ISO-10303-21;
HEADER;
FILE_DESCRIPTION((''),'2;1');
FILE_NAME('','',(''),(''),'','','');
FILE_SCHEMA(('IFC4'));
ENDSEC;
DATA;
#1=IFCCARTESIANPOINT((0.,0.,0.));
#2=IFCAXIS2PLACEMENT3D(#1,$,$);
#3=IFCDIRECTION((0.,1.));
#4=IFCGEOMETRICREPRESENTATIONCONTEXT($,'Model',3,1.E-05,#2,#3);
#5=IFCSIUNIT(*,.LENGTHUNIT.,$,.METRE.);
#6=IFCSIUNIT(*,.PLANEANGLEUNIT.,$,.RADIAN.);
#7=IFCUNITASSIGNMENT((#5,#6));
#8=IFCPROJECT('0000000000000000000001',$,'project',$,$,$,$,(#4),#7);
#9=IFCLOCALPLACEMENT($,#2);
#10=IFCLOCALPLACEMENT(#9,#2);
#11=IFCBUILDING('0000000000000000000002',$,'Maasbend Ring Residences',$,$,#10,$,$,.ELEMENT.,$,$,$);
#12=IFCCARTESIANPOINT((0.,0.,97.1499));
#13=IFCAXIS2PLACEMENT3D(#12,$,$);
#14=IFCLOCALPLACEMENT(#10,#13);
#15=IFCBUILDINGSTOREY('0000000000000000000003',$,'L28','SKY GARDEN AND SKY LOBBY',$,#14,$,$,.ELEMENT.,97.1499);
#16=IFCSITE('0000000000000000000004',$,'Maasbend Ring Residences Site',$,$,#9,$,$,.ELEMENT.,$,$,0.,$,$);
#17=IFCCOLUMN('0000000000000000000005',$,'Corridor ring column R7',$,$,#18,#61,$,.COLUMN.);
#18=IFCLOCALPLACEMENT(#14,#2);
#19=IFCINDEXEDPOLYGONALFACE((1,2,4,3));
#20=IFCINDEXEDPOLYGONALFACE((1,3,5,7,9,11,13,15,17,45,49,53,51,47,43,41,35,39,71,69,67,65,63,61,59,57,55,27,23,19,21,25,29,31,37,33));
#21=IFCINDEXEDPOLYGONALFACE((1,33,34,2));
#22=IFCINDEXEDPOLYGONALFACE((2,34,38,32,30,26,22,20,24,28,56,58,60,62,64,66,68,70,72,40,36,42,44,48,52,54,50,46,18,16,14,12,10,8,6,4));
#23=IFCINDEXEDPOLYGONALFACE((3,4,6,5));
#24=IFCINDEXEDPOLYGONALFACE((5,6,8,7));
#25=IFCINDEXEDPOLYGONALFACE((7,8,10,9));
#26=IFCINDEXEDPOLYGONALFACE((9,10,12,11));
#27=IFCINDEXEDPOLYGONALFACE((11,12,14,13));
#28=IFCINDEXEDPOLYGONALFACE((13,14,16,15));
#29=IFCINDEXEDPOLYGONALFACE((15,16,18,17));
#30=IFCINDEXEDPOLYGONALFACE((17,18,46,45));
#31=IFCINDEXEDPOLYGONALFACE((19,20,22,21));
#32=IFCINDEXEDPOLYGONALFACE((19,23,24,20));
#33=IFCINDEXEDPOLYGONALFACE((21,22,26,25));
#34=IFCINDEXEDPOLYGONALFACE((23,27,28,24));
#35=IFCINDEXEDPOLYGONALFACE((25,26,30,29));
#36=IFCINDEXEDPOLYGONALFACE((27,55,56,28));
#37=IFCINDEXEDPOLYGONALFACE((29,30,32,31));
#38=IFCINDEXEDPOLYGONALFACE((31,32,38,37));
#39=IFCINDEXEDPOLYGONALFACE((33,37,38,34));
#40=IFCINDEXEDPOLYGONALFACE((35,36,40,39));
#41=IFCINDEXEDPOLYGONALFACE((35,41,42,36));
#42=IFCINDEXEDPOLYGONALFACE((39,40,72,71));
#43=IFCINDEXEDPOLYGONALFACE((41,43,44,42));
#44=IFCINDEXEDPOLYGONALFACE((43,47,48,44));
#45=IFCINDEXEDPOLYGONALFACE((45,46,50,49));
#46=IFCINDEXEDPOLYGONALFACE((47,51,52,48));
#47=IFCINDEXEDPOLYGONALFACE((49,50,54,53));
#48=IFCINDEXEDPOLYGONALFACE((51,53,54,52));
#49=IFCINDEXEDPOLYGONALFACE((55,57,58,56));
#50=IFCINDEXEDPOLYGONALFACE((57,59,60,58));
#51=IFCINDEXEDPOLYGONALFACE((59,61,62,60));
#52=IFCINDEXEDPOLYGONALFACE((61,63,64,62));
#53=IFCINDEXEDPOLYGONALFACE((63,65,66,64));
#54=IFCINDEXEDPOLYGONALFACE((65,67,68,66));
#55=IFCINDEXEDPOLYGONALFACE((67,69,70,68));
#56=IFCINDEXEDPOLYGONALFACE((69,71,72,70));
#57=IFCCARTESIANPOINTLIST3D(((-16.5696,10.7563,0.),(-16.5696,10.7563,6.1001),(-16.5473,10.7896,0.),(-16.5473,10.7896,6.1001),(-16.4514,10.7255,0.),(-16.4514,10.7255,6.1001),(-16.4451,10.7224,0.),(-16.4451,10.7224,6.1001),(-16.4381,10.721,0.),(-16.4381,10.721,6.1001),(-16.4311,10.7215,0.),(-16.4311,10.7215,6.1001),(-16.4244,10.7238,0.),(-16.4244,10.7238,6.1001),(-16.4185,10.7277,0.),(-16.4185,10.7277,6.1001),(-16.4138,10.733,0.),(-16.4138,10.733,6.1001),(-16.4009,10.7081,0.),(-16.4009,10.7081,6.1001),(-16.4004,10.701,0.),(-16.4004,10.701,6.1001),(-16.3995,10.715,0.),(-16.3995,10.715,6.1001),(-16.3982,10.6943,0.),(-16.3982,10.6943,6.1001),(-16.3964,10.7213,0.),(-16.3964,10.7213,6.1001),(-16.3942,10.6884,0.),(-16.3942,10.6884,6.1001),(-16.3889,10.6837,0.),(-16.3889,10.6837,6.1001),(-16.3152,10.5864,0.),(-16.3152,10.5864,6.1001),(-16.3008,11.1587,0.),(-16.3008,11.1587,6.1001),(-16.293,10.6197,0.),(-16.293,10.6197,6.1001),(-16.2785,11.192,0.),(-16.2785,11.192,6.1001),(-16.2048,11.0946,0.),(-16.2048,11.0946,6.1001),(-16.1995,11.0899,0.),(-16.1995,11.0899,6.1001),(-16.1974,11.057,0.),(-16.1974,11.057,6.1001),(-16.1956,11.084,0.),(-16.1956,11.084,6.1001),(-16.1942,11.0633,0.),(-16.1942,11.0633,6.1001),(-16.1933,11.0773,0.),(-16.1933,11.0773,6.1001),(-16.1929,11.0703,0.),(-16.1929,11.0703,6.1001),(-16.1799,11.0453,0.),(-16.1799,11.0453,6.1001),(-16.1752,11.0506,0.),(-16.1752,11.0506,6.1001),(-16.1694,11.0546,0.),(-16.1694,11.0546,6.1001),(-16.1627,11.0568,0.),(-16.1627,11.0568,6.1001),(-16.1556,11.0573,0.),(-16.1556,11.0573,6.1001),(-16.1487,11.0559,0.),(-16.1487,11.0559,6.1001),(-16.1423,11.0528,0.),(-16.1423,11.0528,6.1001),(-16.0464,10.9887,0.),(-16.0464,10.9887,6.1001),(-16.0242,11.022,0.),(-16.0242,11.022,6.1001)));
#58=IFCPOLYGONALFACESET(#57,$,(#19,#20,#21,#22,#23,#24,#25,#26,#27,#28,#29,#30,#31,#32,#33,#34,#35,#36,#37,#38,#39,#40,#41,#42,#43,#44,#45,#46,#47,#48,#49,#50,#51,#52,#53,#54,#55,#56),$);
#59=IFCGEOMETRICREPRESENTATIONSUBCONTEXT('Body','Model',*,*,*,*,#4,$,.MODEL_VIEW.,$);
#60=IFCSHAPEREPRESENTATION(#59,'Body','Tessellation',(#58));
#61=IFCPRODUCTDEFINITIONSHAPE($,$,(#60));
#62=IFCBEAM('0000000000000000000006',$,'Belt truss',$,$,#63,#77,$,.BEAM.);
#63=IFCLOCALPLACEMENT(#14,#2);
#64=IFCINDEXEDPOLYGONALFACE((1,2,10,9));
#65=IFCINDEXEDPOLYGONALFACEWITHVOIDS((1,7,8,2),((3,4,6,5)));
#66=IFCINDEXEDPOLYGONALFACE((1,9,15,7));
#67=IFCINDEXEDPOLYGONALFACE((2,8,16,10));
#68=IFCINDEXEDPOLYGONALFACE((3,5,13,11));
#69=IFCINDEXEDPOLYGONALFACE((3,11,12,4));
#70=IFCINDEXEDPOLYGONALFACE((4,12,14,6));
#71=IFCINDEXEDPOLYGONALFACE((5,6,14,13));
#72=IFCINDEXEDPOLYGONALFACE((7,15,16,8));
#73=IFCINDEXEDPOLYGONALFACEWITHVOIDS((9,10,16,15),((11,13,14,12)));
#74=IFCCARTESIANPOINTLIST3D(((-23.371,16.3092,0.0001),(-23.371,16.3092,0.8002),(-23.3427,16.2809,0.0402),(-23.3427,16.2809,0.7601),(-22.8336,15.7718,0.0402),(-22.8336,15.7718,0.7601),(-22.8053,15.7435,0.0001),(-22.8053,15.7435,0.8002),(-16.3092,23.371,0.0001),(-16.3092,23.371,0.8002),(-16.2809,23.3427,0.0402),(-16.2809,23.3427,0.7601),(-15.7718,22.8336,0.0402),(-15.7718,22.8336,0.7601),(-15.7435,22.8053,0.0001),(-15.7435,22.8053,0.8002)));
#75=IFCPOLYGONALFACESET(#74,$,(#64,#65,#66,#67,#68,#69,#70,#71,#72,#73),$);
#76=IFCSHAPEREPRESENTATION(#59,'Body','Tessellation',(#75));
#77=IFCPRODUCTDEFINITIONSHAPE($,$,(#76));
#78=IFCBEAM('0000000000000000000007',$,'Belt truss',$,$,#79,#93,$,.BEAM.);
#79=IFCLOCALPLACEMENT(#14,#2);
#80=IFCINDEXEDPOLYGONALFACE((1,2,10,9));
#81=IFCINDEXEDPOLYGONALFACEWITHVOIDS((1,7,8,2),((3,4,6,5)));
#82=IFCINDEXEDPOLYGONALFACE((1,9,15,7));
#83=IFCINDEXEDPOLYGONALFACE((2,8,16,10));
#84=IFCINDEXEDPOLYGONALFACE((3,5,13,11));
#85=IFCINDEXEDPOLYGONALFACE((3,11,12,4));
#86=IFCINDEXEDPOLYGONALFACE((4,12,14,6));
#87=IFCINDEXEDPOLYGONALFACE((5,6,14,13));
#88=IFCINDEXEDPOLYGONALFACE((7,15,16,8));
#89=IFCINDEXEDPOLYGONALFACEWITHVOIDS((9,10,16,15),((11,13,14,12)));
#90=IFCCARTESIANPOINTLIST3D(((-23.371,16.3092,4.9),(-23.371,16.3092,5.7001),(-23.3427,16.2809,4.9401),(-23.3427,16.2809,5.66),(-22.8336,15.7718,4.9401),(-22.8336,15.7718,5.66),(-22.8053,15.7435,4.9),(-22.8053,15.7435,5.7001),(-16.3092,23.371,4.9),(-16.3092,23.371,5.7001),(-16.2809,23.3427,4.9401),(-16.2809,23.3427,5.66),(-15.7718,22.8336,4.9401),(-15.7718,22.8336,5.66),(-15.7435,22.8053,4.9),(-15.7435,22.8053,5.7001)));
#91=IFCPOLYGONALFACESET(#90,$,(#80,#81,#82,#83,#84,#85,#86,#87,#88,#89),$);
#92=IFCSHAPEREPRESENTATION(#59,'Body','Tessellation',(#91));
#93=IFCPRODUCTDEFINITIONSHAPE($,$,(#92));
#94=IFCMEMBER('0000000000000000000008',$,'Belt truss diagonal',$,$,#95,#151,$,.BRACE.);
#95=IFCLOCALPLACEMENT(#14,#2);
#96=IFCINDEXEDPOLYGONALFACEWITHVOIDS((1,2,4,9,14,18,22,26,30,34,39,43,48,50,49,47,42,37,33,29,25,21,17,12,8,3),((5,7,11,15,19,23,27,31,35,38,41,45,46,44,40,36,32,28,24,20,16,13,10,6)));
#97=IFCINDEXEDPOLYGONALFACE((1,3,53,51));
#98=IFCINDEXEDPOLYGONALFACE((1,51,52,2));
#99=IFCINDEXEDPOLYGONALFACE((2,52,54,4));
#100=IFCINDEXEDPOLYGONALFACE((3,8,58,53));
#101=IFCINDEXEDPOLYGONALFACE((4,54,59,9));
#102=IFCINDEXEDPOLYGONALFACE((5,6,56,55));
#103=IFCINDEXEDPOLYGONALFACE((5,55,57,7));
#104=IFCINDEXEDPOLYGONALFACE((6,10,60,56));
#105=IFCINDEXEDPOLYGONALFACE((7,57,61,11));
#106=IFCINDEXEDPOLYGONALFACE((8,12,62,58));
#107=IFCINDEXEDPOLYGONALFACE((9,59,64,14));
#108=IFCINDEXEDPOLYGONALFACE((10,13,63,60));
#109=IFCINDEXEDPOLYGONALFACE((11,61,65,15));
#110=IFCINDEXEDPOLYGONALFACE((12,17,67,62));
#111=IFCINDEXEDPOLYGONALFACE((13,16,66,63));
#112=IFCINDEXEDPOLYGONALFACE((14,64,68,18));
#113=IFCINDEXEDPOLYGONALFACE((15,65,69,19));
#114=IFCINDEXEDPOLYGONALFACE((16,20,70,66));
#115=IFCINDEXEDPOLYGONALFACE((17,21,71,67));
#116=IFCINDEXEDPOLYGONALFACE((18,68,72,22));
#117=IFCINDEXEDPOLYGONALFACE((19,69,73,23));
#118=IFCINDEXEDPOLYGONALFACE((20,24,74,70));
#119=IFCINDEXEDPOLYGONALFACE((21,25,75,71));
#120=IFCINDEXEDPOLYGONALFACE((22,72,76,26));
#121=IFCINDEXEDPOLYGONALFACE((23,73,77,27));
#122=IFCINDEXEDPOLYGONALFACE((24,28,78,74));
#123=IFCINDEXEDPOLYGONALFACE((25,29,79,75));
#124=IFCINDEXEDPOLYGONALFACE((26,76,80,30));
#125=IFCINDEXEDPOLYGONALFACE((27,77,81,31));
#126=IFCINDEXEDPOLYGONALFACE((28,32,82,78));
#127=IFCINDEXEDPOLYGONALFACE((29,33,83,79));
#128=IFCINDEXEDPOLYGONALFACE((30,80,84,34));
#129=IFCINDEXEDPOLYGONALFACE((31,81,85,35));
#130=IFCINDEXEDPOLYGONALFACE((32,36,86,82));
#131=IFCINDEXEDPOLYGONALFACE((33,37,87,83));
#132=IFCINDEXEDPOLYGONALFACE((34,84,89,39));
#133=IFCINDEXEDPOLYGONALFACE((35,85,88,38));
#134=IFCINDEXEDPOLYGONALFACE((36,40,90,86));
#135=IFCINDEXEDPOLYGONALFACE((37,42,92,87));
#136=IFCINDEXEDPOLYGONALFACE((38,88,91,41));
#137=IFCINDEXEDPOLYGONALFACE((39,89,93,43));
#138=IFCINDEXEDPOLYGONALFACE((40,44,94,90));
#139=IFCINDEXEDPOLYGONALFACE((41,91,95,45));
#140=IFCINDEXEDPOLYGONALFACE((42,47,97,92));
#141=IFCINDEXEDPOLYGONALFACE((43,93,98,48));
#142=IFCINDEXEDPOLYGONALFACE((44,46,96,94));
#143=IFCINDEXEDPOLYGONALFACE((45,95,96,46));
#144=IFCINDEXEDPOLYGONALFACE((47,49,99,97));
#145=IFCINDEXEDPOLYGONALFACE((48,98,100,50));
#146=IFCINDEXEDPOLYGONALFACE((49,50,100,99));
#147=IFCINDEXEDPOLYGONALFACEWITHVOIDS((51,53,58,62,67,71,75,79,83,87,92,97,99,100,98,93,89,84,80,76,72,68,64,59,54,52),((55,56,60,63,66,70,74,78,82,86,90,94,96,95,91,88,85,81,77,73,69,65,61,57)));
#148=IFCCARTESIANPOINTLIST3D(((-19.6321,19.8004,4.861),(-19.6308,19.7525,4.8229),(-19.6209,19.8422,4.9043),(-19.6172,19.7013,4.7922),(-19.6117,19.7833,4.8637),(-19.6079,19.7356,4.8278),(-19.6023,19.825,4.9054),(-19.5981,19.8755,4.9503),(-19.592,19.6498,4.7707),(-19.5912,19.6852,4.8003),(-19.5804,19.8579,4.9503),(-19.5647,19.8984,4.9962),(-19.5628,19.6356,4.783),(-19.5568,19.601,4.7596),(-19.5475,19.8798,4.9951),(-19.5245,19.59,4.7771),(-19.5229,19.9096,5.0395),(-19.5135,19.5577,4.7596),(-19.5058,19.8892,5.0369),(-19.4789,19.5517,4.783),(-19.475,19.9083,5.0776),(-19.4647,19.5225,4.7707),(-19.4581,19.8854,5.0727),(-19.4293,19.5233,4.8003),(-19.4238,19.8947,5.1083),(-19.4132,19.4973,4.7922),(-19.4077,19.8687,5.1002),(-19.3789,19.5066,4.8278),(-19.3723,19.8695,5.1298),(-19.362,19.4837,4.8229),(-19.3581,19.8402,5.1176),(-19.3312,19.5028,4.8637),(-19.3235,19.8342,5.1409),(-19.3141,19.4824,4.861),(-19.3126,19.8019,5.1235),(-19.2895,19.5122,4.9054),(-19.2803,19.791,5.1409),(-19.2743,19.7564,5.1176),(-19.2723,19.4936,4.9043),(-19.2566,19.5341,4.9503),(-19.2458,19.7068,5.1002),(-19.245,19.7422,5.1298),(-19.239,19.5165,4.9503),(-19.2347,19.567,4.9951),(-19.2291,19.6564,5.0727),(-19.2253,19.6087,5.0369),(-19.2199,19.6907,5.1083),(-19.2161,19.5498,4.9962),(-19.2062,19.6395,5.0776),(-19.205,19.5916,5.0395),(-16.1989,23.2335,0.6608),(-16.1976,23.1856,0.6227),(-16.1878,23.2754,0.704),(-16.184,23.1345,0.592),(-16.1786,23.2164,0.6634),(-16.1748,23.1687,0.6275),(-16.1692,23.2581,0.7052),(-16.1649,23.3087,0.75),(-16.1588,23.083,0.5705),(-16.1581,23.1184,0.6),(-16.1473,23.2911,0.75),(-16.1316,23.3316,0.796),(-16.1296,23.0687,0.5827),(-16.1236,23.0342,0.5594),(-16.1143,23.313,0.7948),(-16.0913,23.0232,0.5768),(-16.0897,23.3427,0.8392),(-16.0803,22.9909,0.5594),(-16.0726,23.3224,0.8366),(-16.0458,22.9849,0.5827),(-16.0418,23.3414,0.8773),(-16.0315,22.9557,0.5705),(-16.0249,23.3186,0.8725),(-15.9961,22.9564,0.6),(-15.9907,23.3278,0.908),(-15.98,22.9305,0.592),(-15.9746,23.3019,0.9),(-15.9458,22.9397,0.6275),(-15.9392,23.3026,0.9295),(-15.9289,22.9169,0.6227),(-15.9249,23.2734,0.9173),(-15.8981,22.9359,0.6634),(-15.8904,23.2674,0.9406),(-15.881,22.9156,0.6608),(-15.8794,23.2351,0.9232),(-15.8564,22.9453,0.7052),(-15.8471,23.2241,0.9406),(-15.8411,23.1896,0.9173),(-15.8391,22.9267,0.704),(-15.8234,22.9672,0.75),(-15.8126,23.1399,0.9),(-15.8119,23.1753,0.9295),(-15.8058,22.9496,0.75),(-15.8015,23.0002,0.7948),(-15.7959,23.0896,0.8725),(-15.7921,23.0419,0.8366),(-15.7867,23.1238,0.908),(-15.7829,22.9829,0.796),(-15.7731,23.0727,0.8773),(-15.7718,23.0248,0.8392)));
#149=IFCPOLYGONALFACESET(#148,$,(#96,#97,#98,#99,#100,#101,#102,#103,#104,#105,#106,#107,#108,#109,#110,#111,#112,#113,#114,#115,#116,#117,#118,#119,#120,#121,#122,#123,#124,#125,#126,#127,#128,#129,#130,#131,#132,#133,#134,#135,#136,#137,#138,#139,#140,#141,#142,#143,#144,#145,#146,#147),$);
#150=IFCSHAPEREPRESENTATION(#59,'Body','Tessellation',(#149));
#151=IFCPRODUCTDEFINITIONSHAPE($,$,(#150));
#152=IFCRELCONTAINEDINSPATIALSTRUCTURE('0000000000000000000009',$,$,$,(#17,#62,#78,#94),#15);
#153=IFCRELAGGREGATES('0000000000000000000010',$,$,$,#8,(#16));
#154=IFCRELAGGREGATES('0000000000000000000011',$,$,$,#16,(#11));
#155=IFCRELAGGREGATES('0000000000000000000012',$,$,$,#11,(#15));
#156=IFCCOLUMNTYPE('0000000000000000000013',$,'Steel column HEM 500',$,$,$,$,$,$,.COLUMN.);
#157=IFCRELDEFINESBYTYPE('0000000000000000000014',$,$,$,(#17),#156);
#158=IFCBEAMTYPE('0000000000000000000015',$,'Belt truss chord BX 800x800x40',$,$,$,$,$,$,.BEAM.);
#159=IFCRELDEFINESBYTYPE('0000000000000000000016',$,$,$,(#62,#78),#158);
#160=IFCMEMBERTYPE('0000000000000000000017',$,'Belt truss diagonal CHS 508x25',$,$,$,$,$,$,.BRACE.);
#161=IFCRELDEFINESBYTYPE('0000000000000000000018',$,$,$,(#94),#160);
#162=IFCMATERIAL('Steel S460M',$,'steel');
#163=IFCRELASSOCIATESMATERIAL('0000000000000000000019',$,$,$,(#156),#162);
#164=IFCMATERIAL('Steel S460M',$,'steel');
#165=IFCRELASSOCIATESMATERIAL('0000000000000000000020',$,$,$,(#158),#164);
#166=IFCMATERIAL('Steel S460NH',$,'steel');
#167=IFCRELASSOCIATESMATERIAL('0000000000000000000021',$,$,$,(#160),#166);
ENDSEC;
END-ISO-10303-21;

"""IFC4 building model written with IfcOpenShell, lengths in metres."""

from ifc_helpers import new_model, si_unit, direction, frame, origin, origin_2d, place, context, subcontext, project, spatial, hollow_rectangle, hollow_circle, i_section, extrude, material, material_profile, profile_set, type_object, element, save


model = new_model("IFC4")

# Units and contexts
model_context = context("Model", 3, precision=1e-05, world=origin(), true_north=direction((0.0, 1.0)))
body_context = subcontext(model_context, "Body", "Model", "MODEL_VIEW")
ifc_project = project(units=[si_unit("LENGTHUNIT", "METRE"), si_unit("PLANEANGLEUNIT", "RADIAN")], contexts=[model_context])

# Site, building, storey
site_placement = place(None, origin())
site = spatial("IfcSite", under=ifc_project, at=site_placement, Name="Maasbend Ring Residences Site", CompositionType="ELEMENT", RefElevation=0.0)
building_placement = place(site_placement, origin())
building = spatial("IfcBuilding", under=site, at=building_placement, Name="Maasbend Ring Residences", CompositionType="ELEMENT")
storey_placement = place(building_placement, frame((0.0, 0.0, 97.1499)))
storey = spatial("IfcBuildingStorey", under=building, at=storey_placement, Name="L28", Description="SKY GARDEN AND SKY LOBBY", CompositionType="ELEMENT", Elevation=97.1499)

# Column
ifc_material_1 = material(Name="Steel S460M", Category="steel")
ifc_material_profile_1 = material_profile(ifc_material_1, i_section(OverallWidth=0.3059, OverallDepth=0.5239, WebThickness=0.021, FlangeThickness=0.04, FilletRadius=0.0271, at=origin_2d()), Name="HEM 500")
ifc_profile_set_1 = profile_set([ifc_material_profile_1], Name="Steel S460M")
column_type_1 = type_object("IfcColumnType", Name="Steel column HEM 500", PredefinedType="COLUMN", material=ifc_profile_set_1)
column_placement = place(storey_placement, frame((-16.2969, 10.8892, 0.0), z_axis=(0.0, 0.0, 1.0), x_axis=(-0.83147, 0.55557, 0.0)))
element("IfcColumn", 1, at=column_placement, inside=storey, type_object=column_type_1, Name="Corridor ring column R7", PredefinedType="COLUMN", context=body_context, shape_type="SweptSolid", body=[
    extrude(i_section(OverallWidth=0.3059, OverallDepth=0.5239, WebThickness=0.021, FlangeThickness=0.04, FilletRadius=0.0271, at=origin_2d()), origin(), (0.0, 0.0, 1.0), 6.1001),
])

# Beams
ifc_material_2 = material(Name="Steel S460M", Category="steel")
ifc_material_profile_2 = material_profile(ifc_material_2, hollow_rectangle(XDim=0.8, YDim=0.8, WallThickness=0.04, at=origin_2d()), Name="Belt truss chord BX 800x800x40")
ifc_profile_set_2 = profile_set([ifc_material_profile_2], Name="Steel S460M")
beam_type_1 = type_object("IfcBeamType", Name="Belt truss chord BX 800x800x40", PredefinedType="BEAM", material=ifc_profile_set_2)
for number, where, z_axis, x_axis, name in (
    (2, (-16.0264, 23.0881, 0.4001), (-0.707107, -0.707107, 0.0), (0.707107, -0.707107, 0.0), "Belt truss"),
    (3, (-16.0264, 23.0881, 5.3), (-0.707107, -0.707107, 0.0), (0.707107, -0.707107, 0.0), "Belt truss"),
):
    element("IfcBeam", number, at=place(storey_placement, frame(where, z_axis=z_axis, x_axis=x_axis)), inside=storey, type_object=beam_type_1, Name=name, PredefinedType="BEAM", context=body_context, shape_type="SweptSolid", body=[
        extrude(hollow_rectangle(XDim=0.8, YDim=0.8, WallThickness=0.04, at=origin_2d()), origin(), (0.0, 0.0, 1.0), 9.9868),
    ])

# Member
ifc_material_3 = material(Name="Steel S460NH", Category="steel")
ifc_material_profile_3 = material_profile(ifc_material_3, hollow_circle(Radius=0.2539, WallThickness=0.0249, at=origin_2d()), Name="Belt truss diagonal CHS 508x25")
ifc_profile_set_3 = profile_set([ifc_material_profile_3], Name="Steel S460NH")
member_type_1 = type_object("IfcMemberType", Name="Belt truss diagonal CHS 508x25", PredefinedType="BRACE", material=ifc_profile_set_3)
for number, where, z_axis, x_axis, name in (
    (4, (-15.9854, 23.1292, 0.75), (-0.534767, -0.534767, 0.654255), (0.707107, -0.707107, 0.0), "Belt truss diagonal"),
):
    element("IfcMember", number, at=place(storey_placement, frame(where, z_axis=z_axis, x_axis=x_axis)), inside=storey, type_object=member_type_1, Name=name, PredefinedType="BRACE", context=body_context, shape_type="SweptSolid", body=[
        extrude(hollow_circle(Radius=0.2539, WallThickness=0.0249, at=origin_2d()), origin(), (0.0, 0.0, 1.0), 6.4199),
    ])

save(model, "model.ifc")
